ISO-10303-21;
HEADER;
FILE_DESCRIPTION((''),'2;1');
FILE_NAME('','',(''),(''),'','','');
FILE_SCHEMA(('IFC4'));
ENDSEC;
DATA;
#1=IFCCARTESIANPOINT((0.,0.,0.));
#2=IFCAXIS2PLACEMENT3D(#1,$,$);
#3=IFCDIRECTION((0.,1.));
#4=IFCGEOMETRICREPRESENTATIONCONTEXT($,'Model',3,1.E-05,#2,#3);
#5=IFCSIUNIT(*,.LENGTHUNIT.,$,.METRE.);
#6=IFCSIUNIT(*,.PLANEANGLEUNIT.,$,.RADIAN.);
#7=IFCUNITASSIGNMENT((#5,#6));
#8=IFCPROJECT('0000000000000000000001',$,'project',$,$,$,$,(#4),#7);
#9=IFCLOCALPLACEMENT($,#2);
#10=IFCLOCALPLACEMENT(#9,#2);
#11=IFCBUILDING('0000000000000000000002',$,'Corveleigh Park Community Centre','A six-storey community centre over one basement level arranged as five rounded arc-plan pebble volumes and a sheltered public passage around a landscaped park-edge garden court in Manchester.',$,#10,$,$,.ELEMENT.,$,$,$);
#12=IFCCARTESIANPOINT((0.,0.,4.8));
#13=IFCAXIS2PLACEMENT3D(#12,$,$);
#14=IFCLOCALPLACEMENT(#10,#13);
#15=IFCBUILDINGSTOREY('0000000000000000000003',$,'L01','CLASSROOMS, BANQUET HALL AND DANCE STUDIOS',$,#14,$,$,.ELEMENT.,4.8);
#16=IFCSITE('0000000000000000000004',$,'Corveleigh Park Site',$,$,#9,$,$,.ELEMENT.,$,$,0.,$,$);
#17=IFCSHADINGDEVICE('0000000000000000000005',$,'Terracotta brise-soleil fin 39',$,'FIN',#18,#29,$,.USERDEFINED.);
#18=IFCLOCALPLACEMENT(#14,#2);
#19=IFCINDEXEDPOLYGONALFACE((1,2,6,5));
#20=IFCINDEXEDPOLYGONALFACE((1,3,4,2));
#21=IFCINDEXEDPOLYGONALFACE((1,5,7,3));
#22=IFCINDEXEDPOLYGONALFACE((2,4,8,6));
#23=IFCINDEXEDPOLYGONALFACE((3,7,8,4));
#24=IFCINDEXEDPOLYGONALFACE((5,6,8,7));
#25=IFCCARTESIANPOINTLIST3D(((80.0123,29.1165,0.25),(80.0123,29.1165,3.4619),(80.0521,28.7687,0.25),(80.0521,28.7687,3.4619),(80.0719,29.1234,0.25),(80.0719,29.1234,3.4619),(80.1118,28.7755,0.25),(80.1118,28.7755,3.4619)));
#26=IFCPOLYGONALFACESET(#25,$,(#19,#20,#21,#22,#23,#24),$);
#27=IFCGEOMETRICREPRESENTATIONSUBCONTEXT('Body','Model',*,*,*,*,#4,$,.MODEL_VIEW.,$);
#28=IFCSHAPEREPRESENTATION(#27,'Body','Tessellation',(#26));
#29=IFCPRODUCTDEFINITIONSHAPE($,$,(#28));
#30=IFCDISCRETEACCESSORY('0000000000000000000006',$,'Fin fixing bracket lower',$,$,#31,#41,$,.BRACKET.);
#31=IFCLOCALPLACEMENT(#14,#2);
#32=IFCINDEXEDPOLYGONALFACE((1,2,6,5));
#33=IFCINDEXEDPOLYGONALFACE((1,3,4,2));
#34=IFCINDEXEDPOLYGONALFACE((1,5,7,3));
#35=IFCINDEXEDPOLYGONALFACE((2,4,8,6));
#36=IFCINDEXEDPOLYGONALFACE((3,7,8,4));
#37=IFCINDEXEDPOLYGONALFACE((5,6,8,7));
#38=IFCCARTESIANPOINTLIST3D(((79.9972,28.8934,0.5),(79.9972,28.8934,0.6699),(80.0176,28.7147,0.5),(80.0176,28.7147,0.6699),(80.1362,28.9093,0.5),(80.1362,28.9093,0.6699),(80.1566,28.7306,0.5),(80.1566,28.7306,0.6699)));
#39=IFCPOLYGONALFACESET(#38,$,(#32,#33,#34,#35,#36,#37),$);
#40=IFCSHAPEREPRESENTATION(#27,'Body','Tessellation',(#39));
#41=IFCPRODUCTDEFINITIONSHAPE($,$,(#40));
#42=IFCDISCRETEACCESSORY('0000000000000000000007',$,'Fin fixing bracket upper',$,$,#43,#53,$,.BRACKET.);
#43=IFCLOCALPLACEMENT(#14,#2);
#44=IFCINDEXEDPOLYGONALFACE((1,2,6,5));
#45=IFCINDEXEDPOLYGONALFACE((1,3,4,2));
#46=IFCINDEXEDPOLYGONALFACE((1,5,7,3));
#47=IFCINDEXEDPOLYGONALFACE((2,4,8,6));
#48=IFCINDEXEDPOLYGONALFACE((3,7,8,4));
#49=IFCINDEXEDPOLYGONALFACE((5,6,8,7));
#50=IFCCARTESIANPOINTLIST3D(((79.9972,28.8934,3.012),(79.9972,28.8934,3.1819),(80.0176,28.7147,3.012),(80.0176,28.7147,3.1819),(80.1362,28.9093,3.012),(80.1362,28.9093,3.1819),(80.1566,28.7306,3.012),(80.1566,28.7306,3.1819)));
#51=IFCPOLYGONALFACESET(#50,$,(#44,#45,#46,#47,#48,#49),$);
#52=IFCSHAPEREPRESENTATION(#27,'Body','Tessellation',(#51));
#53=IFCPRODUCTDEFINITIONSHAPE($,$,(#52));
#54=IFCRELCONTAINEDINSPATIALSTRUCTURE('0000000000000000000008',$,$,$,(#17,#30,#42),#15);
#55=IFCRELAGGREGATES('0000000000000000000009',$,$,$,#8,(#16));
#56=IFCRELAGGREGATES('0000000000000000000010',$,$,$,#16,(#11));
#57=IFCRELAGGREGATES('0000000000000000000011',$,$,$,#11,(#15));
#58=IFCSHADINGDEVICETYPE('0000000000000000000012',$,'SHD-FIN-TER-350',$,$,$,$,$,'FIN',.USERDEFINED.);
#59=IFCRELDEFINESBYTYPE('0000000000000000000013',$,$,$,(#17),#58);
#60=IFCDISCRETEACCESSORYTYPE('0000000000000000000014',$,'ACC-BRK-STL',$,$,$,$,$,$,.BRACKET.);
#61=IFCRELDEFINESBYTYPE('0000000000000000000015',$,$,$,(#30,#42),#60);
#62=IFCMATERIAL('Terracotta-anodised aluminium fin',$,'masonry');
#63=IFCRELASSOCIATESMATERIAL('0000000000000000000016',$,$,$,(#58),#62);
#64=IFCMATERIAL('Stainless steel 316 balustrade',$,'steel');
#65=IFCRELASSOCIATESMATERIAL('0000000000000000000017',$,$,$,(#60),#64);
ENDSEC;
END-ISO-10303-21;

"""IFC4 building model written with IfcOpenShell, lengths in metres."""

from ifc_helpers import new_model, si_unit, direction, frame, origin, origin_2d, place, context, subcontext, project, spatial, rectangle, extrude, material, type_object, element, save


model = new_model("IFC4")

# Units and contexts
model_context = context("Model", 3, precision=1e-05, world=origin(), true_north=direction((0.0, 1.0)))
body_context = subcontext(model_context, "Body", "Model", "MODEL_VIEW")
ifc_project = project(units=[si_unit("LENGTHUNIT", "METRE"), si_unit("PLANEANGLEUNIT", "RADIAN")], contexts=[model_context])

# Site, building, storey
site_placement = place(None, origin())
site = spatial("IfcSite", under=ifc_project, at=site_placement, Name="Corveleigh Park Site", CompositionType="ELEMENT", RefElevation=0.0)
building_placement = place(site_placement, origin())
building = spatial("IfcBuilding", under=site, at=building_placement, Name="Corveleigh Park Community Centre", Description="A six-storey community centre over one basement level arranged as five rounded arc-plan pebble volumes and a sheltered public passage around a landscaped park-edge garden court in Manchester.", CompositionType="ELEMENT")
storey_placement = place(building_placement, frame((0.0, 0.0, 4.8)))
storey = spatial("IfcBuildingStorey", under=building, at=storey_placement, Name="L01", Description="CLASSROOMS, BANQUET HALL AND DANCE STUDIOS", CompositionType="ELEMENT", Elevation=4.8)

# Shading device
ifc_material_1 = material(Name="Terracotta-anodised aluminium fin", Category="masonry")
shading_device_type = type_object("IfcShadingDeviceType", Name="SHD-FIN-TER-350", ElementType="FIN", PredefinedType="USERDEFINED", material=ifc_material_1)
shading_device_placement = place(storey_placement, frame((80.062, 28.946, 0.25), z_axis=(0.0, 0.0, 1.0), x_axis=(-0.113742, 0.99351, 0.0)))
element("IfcShadingDevice", 1, at=shading_device_placement, inside=storey, type_object=shading_device_type, Name="Terracotta brise-soleil fin 39", ObjectType="FIN", PredefinedType="USERDEFINED", context=body_context, shape_type="SweptSolid", body=[
    extrude(rectangle(XDim=0.3501, YDim=0.0601, at=origin_2d()), origin(), (0.0, 0.0, 1.0), 3.2119),
])

# Discrete accessories
ifc_material_2 = material(Name="Stainless steel 316 balustrade", Category="steel")
discrete_accessory_type = type_object("IfcDiscreteAccessoryType", Name="ACC-BRK-STL", PredefinedType="BRACKET", material=ifc_material_2)
for number, where, z_axis, x_axis, name in (
    (2, (80.0769, 28.812, 0.5), (0.0, 0.0, 1.0), (-0.113742, 0.99351, 0.0), "Fin fixing bracket lower"),
    (3, (80.0769, 28.812, 3.012), (0.0, 0.0, 1.0), (-0.113742, 0.99351, 0.0), "Fin fixing bracket upper"),
):
    element("IfcDiscreteAccessory", number, at=place(storey_placement, frame(where, z_axis=z_axis, x_axis=x_axis)), inside=storey, type_object=discrete_accessory_type, Name=name, PredefinedType="BRACKET", context=body_context, shape_type="SweptSolid", body=[
        extrude(rectangle(XDim=0.1799, YDim=0.1399, at=origin_2d()), origin(), (0.0, 0.0, 1.0), 0.1699),
    ])

save(model, "model.ifc")
